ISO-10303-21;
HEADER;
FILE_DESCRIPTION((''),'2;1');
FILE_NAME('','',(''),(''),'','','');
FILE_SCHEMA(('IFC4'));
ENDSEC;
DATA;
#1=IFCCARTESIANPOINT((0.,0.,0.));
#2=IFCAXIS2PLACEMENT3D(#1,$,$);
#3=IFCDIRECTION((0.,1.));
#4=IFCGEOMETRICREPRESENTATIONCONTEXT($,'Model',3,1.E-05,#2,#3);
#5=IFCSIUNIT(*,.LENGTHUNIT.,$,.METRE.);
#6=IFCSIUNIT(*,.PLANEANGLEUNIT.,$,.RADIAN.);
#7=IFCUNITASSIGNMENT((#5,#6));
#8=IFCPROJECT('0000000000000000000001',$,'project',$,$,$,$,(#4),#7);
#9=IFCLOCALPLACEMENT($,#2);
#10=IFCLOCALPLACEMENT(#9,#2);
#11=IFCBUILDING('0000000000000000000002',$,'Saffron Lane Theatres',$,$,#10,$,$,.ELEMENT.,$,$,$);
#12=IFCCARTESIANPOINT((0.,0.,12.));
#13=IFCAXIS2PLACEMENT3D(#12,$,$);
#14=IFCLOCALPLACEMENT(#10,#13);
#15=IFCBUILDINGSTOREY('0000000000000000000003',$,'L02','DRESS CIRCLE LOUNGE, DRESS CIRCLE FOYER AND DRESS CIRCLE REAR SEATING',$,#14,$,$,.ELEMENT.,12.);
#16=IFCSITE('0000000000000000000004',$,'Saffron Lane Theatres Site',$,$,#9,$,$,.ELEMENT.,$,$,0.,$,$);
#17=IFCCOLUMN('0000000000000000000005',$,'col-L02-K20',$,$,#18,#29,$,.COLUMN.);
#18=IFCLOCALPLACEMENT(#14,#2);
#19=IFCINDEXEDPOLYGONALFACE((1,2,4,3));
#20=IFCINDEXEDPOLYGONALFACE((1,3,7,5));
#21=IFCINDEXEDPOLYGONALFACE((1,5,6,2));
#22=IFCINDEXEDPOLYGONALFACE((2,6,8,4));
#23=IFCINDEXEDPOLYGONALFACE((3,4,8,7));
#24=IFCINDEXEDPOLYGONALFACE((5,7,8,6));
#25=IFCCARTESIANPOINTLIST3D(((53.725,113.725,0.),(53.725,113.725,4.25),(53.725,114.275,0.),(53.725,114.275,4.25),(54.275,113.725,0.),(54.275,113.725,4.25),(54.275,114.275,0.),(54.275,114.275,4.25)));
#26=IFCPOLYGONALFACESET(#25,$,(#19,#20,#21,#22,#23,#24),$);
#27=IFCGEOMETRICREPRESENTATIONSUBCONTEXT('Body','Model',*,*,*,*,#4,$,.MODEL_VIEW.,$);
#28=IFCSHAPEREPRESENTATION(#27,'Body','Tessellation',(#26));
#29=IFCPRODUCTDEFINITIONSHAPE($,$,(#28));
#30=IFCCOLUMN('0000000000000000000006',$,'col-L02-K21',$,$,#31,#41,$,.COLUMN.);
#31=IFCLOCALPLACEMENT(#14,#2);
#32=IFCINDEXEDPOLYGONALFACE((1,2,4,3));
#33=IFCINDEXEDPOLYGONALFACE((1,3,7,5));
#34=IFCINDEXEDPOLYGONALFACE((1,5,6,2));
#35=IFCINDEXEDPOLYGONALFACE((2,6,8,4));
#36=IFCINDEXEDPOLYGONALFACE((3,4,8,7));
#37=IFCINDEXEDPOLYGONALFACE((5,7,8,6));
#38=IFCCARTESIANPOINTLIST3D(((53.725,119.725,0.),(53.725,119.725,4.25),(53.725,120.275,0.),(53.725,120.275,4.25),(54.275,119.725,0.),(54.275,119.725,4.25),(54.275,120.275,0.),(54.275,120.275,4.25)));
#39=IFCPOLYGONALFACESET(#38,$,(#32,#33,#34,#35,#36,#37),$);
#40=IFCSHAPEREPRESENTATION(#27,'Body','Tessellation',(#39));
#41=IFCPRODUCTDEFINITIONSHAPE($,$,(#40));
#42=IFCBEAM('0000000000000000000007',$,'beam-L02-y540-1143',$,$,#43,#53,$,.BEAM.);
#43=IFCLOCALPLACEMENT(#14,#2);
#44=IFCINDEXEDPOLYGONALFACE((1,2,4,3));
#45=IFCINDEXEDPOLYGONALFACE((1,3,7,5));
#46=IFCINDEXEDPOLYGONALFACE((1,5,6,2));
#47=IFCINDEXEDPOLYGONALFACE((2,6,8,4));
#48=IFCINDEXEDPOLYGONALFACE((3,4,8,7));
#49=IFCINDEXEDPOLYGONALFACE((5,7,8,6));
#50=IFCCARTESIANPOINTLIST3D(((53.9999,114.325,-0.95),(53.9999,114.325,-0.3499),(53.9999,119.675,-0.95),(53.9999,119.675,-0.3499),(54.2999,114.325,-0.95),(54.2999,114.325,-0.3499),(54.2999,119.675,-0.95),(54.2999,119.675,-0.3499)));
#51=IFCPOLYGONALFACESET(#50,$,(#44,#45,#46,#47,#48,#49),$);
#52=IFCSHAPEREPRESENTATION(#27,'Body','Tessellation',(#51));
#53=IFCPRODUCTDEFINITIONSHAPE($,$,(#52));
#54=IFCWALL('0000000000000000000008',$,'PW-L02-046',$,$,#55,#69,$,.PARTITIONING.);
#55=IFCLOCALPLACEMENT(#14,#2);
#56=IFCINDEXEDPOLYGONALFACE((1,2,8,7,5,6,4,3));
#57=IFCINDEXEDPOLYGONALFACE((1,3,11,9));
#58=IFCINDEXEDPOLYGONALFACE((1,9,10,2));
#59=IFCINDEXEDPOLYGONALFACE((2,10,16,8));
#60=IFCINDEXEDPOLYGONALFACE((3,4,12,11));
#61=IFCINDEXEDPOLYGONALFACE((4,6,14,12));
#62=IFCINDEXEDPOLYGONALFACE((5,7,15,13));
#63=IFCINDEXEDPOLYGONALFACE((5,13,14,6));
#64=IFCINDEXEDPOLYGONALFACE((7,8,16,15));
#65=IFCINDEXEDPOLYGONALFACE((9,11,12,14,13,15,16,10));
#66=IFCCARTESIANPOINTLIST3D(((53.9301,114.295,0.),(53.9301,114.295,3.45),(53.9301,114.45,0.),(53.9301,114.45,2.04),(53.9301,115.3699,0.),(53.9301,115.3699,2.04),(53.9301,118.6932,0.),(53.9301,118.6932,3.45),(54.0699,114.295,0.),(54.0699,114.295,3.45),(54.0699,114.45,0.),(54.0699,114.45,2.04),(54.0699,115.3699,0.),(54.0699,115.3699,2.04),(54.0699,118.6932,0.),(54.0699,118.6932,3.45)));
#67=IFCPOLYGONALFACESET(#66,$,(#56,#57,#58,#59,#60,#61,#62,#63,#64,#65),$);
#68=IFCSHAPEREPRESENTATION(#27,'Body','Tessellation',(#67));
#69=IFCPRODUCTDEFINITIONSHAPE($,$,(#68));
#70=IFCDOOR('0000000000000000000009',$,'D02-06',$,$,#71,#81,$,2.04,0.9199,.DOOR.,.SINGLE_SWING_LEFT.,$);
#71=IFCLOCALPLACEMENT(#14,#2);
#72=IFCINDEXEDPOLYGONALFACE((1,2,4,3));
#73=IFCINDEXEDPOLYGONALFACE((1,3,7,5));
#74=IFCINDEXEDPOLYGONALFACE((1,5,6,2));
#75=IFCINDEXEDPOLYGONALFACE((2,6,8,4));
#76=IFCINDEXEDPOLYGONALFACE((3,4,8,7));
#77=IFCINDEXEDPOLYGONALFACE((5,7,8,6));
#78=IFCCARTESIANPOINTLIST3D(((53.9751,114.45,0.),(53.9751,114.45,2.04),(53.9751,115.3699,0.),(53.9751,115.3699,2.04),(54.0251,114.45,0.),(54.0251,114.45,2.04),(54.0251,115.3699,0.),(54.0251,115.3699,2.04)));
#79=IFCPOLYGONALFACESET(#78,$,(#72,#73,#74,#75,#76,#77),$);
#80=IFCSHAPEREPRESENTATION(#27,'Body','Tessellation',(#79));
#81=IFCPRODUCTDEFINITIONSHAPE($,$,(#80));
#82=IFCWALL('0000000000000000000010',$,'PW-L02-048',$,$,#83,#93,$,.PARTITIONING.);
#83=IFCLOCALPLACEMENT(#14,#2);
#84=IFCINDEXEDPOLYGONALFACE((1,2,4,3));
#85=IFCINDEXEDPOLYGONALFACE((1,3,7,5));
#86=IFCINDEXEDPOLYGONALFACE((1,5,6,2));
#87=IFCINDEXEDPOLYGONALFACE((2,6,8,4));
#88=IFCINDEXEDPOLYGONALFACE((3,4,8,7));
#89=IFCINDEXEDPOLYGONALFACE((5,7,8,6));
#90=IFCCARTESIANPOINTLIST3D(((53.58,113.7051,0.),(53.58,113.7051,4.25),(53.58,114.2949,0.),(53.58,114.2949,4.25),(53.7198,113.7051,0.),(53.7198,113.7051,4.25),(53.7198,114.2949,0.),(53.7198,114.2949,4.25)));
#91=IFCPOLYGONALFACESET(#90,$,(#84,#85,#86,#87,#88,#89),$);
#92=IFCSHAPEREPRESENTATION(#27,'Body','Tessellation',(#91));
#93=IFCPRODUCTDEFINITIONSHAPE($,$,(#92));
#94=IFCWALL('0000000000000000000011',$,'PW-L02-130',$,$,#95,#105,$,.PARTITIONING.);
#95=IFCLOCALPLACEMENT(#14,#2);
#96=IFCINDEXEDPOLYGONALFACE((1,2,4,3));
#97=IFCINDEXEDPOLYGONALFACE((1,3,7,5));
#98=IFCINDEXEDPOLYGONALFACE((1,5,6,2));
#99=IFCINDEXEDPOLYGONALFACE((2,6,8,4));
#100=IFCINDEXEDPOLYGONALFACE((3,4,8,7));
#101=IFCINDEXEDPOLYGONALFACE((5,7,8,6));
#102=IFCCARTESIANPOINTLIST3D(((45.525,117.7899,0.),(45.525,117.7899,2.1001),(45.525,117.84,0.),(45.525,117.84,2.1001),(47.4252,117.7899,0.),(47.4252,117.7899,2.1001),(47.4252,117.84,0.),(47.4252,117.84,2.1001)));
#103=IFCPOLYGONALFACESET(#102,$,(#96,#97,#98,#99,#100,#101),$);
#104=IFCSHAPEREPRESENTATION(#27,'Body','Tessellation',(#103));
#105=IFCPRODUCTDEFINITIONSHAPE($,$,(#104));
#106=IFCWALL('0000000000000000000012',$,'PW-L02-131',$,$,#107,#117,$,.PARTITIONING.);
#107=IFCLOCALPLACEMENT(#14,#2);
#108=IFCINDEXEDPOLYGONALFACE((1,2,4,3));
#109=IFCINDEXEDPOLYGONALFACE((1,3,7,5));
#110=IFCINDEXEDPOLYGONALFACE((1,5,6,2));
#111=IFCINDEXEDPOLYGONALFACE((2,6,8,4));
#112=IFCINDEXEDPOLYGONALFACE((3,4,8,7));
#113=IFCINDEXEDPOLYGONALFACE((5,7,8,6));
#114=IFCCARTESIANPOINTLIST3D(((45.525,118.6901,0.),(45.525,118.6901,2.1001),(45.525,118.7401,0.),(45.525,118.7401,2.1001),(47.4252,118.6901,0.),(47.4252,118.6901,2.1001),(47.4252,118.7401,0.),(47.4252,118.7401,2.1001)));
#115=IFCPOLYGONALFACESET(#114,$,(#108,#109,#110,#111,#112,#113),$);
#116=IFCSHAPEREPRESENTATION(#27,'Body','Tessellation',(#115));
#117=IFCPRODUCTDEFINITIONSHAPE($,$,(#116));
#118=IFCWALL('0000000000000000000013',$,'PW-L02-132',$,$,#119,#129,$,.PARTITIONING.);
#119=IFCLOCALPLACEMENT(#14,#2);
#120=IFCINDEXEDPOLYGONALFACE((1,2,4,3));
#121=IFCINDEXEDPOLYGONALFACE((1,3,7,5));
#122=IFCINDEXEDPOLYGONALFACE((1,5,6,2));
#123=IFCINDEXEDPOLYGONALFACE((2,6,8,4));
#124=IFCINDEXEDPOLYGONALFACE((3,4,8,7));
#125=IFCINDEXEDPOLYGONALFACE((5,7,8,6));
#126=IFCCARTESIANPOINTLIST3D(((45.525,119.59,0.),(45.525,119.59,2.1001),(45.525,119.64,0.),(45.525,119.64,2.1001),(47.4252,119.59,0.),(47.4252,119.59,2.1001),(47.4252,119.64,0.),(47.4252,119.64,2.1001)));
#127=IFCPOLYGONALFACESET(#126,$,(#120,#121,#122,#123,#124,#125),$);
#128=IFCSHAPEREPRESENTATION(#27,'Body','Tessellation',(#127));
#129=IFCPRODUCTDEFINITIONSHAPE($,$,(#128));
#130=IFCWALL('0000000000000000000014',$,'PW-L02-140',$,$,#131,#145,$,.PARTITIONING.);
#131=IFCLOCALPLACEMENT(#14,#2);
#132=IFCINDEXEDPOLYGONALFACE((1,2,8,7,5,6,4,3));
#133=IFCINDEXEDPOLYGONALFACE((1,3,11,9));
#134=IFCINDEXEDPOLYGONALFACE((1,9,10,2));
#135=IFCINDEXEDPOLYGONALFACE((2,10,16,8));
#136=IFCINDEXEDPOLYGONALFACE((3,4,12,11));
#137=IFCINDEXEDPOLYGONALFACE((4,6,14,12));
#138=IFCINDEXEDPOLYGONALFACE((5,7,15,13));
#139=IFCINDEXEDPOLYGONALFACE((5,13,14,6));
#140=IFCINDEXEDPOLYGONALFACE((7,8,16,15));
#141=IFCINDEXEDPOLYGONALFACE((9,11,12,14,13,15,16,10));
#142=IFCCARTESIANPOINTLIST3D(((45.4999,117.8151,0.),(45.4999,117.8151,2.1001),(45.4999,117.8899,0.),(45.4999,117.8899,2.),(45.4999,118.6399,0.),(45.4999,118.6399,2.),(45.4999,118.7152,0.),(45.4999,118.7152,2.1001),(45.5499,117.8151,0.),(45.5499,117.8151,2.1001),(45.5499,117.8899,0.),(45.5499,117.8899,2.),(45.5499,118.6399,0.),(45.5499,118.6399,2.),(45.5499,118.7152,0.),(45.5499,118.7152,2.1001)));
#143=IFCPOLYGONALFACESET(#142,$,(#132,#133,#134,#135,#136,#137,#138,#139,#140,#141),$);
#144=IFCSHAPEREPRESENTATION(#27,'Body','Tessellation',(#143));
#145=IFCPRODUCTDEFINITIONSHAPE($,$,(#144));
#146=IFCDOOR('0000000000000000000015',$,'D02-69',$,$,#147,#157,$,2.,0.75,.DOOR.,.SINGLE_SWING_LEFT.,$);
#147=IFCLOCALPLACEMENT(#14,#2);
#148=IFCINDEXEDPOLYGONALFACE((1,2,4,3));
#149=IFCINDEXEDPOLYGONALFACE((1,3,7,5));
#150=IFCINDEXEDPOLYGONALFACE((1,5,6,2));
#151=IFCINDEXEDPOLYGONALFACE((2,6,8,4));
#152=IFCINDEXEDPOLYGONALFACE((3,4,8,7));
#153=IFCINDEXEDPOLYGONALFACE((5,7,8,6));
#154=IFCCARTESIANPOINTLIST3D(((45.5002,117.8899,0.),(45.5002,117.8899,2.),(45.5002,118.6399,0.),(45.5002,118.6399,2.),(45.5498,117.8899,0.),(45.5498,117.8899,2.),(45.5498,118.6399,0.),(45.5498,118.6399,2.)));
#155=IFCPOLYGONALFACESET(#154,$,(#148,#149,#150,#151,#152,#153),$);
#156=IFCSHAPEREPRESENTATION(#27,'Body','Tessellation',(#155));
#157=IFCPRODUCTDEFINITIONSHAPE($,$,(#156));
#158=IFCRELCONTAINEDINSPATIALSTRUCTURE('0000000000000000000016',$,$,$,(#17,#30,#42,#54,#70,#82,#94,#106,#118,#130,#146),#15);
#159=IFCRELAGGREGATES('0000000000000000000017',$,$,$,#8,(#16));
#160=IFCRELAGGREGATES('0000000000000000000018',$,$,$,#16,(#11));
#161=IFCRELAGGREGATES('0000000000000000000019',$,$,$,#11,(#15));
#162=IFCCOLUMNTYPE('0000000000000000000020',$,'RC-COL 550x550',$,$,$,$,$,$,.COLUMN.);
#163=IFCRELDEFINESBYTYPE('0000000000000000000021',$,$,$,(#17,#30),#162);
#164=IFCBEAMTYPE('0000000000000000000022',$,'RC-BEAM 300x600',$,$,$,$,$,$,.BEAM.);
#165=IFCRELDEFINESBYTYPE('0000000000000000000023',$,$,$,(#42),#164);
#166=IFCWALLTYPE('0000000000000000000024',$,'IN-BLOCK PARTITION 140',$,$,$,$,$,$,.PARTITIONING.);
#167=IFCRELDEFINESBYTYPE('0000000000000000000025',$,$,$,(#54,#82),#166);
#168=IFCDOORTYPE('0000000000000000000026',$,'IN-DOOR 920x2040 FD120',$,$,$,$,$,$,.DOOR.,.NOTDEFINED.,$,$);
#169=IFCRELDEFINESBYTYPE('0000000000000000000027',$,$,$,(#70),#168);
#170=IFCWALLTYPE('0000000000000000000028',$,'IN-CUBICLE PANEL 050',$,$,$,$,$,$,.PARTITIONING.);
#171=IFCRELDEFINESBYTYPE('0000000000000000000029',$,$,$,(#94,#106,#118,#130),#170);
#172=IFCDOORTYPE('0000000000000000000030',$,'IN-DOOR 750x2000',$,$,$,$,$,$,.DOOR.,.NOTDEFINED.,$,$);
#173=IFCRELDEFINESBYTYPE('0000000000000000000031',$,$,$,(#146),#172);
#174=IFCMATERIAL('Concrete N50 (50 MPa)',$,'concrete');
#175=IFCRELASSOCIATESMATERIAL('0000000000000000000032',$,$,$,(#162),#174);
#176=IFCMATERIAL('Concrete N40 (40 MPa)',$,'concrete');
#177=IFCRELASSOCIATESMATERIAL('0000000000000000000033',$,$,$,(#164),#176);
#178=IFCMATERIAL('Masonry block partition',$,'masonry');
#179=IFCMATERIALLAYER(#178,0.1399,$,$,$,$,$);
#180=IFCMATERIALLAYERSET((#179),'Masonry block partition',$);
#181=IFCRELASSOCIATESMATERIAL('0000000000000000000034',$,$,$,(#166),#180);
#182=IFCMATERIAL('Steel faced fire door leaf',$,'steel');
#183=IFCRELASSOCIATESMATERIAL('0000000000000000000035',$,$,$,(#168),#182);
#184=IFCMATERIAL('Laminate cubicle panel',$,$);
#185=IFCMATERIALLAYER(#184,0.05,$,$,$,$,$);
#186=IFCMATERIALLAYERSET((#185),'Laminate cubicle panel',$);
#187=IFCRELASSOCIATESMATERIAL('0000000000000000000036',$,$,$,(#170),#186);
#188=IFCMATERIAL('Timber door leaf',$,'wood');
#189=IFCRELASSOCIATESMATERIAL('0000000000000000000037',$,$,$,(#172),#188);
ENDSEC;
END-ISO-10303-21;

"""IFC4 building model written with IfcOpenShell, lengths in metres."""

from ifc_helpers import new_model, si_unit, direction, frame, frame_2d, origin, origin_2d, place, context, subcontext, project, spatial, rectangle, extrude, material, layer, layer_set, material_profile, profile_set, type_object, element, fill, save


model = new_model("IFC4")

# Units and contexts
model_context = context("Model", 3, precision=1e-05, world=origin(), true_north=direction((0.0, 1.0)))
body_context = subcontext(model_context, "Body", "Model", "MODEL_VIEW")
ifc_project = project(units=[si_unit("LENGTHUNIT", "METRE"), si_unit("PLANEANGLEUNIT", "RADIAN")], contexts=[model_context])

# Site, building, storey
site_placement = place(None, origin())
site = spatial("IfcSite", under=ifc_project, at=site_placement, Name="Saffron Lane Theatres Site", CompositionType="ELEMENT", RefElevation=0.0)
building_placement = place(site_placement, origin())
building = spatial("IfcBuilding", under=site, at=building_placement, Name="Saffron Lane Theatres", CompositionType="ELEMENT")
storey_placement = place(building_placement, frame((0.0, 0.0, 12.0)))
storey = spatial("IfcBuildingStorey", under=building, at=storey_placement, Name="L02", Description="DRESS CIRCLE LOUNGE, DRESS CIRCLE FOYER AND DRESS CIRCLE REAR SEATING", CompositionType="ELEMENT", Elevation=12.0)

# Columns
ifc_material_1 = material(Name="Concrete N50 (50 MPa)", Category="concrete")
ifc_material_profile_1 = material_profile(ifc_material_1, rectangle(XDim=0.55, YDim=0.55, at=origin_2d()))
ifc_profile_set_1 = profile_set([ifc_material_profile_1], Name="Concrete N50 (50 MPa)")
column_type = type_object("IfcColumnType", Name="RC-COL 550x550", PredefinedType="COLUMN", material=ifc_profile_set_1)
for number, where, z_axis, x_axis, name in (
    (1, (54.0, 114.0, 0.0), (0.0, 0.0, 1.0), (1.0, 0.0, 0.0), "col-L02-K20"),
    (2, (54.0, 120.0, 0.0), (0.0, 0.0, 1.0), (1.0, 0.0, 0.0), "col-L02-K21"),
):
    element("IfcColumn", number, at=place(storey_placement, frame(where, z_axis=z_axis, x_axis=x_axis)), inside=storey, type_object=column_type, Name=name, PredefinedType="COLUMN", context=body_context, shape_type="SweptSolid", body=[
        extrude(rectangle(XDim=0.55, YDim=0.55, at=origin_2d()), origin(), (0.0, 0.0, 1.0), 4.25),
    ])

# Beam
ifc_material_2 = material(Name="Concrete N40 (40 MPa)", Category="concrete")
ifc_material_profile_2 = material_profile(ifc_material_2, rectangle(XDim=0.3, YDim=0.6001, at=origin_2d()))
ifc_profile_set_2 = profile_set([ifc_material_profile_2], Name="Concrete N40 (40 MPa)")
beam_type = type_object("IfcBeamType", Name="RC-BEAM 300x600", PredefinedType="BEAM", material=ifc_profile_set_2)
beam_placement = place(storey_placement, frame((54.1499, 114.325, -0.6499), z_axis=(0.0, 1.0, 0.0), x_axis=(-1.0, 0.0, 0.0)))
element("IfcBeam", 3, at=beam_placement, inside=storey, type_object=beam_type, Name="beam-L02-y540-1143", PredefinedType="BEAM", context=body_context, shape_type="SweptSolid", body=[
    extrude(rectangle(XDim=0.3, YDim=0.6001, at=origin_2d()), origin(), (0.0, 0.0, 1.0), 5.3501),
])

# Wall, opening, door
ifc_material_3 = material(Name="Masonry block partition", Category="masonry")
ifc_layer_1 = layer(ifc_material_3, 0.1399)
ifc_layer_set_1 = layer_set([ifc_layer_1], Name="Masonry block partition")
wall_type_1 = type_object("IfcWallType", Name="IN-BLOCK PARTITION 140", PredefinedType="PARTITIONING", material=ifc_layer_set_1)
wall_1_placement = place(storey_placement, frame((54.0, 114.2949, 0.0), z_axis=(0.0, 0.0, 1.0), x_axis=(0.0, 1.0, 0.0)))
wall_1 = element("IfcWall", 4, at=wall_1_placement, inside=storey, type_object=wall_type_1, Name="PW-L02-046", PredefinedType="PARTITIONING", context=body_context, shape_type="SweptSolid", body=[
    extrude(rectangle(XDim=4.3982, YDim=0.1399, at=frame_2d((2.1992, 0.0))), origin(), (0.0, 0.0, 1.0), 3.45),
])
opening_1_placement = place(wall_1_placement, frame((0.155, 0.0, 0.0)))
opening_1 = element("IfcOpeningElement", 5, at=opening_1_placement, cuts=wall_1, PredefinedType="OPENING", context=body_context, shape_type="SweptSolid", body=[
    extrude(rectangle(XDim=0.9199, YDim=2.04, at=frame_2d((0.46, 1.02))), frame((0.0, 0.0801, 0.0), z_axis=(0.0, -1.0, 0.0), x_axis=(1.0, 0.0, 0.0)), (0.0, 0.0, 1.0), 0.1599),
])
ifc_material_4 = material(Name="Steel faced fire door leaf", Category="steel")
door_type_1 = type_object("IfcDoorType", Name="IN-DOOR 920x2040 FD120", OperationType="NOTDEFINED", PredefinedType="DOOR", material=ifc_material_4)
door_1_placement = place(opening_1_placement, origin())
door_1 = element("IfcDoor", 6, at=door_1_placement, inside=storey, type_object=door_type_1, Name="D02-06", OperationType="SINGLE_SWING_LEFT", OverallHeight=2.04, OverallWidth=0.9199, PredefinedType="DOOR", context=body_context, shape_type="SweptSolid", body=[
    extrude(rectangle(XDim=0.9199, YDim=2.04, at=frame_2d((0.46, 1.02))), frame((0.0, 0.0249, 0.0), z_axis=(0.0, -1.0, 0.0), x_axis=(1.0, 0.0, 0.0)), (0.0, 0.0, 1.0), 0.05),
])
fill(opening_1, door_1)

# Walls
wall_2_placement = place(storey_placement, frame((53.6499, 113.7051, 0.0), z_axis=(0.0, 0.0, 1.0), x_axis=(0.0, 1.0, 0.0)))
element("IfcWall", 7, at=wall_2_placement, inside=storey, type_object=wall_type_1, Name="PW-L02-048", PredefinedType="PARTITIONING", context=body_context, shape_type="SweptSolid", body=[
    extrude(rectangle(XDim=0.5898, YDim=0.1399, at=frame_2d((0.2949, 0.0))), origin(), (0.0, 0.0, 1.0), 4.25),
])
ifc_material_5 = material(Name="Laminate cubicle panel")
ifc_layer_2 = layer(ifc_material_5, 0.05)
ifc_layer_set_2 = layer_set([ifc_layer_2], Name="Laminate cubicle panel")
wall_type_2 = type_object("IfcWallType", Name="IN-CUBICLE PANEL 050", PredefinedType="PARTITIONING", material=ifc_layer_set_2)
for number, where, z_axis, x_axis, name in (
    (8, (45.5249, 117.8149, 0.0), (0.0, 0.0, 1.0), (1.0, 0.0, 0.0), "PW-L02-130"),
    (9, (45.5249, 118.7151, 0.0), (0.0, 0.0, 1.0), (1.0, 0.0, 0.0), "PW-L02-131"),
    (10, (45.5249, 119.615, 0.0), (0.0, 0.0, 1.0), (1.0, 0.0, 0.0), "PW-L02-132"),
):
    element("IfcWall", number, at=place(storey_placement, frame(where, z_axis=z_axis, x_axis=x_axis)), inside=storey, type_object=wall_type_2, Name=name, PredefinedType="PARTITIONING", context=body_context, shape_type="SweptSolid", body=[
        extrude(rectangle(XDim=1.9001, YDim=0.05, at=frame_2d((0.9502, 0.0))), origin(), (0.0, 0.0, 1.0), 2.1001),
    ])

# Wall, opening, door
wall_3_placement = place(storey_placement, frame((45.5249, 117.8149, 0.0), z_axis=(0.0, 0.0, 1.0), x_axis=(0.0, 1.0, 0.0)))
wall_3 = element("IfcWall", 11, at=wall_3_placement, inside=storey, type_object=wall_type_2, Name="PW-L02-140", PredefinedType="PARTITIONING", context=body_context, shape_type="SweptSolid", body=[
    extrude(rectangle(XDim=0.9001, YDim=0.05, at=frame_2d((0.4502, 0.0))), origin(), (0.0, 0.0, 1.0), 2.1001),
])
opening_2_placement = place(wall_3_placement, frame((0.075, 0.0, 0.0)))
opening_2 = element("IfcOpeningElement", 12, at=opening_2_placement, cuts=wall_3, PredefinedType="OPENING", context=body_context, shape_type="SweptSolid", body=[
    extrude(rectangle(XDim=0.75, YDim=2.0, at=frame_2d((0.375, 1.0))), frame((0.0, 0.0352, 0.0), z_axis=(0.0, -1.0, 0.0), x_axis=(1.0, 0.0, 0.0)), (0.0, 0.0, 1.0), 0.0701),
])
ifc_material_6 = material(Name="Timber door leaf", Category="wood")
door_type_2 = type_object("IfcDoorType", Name="IN-DOOR 750x2000", OperationType="NOTDEFINED", PredefinedType="DOOR", material=ifc_material_6)
door_2_placement = place(opening_2_placement, frame((0.75, 0.0, 0.0), z_axis=(0.0, 0.0, 1.0), x_axis=(-1.0, 0.0, 0.0)))
door_2 = element("IfcDoor", 13, at=door_2_placement, inside=storey, type_object=door_type_2, Name="D02-69", OperationType="SINGLE_SWING_LEFT", OverallHeight=2.0, OverallWidth=0.75, PredefinedType="DOOR", context=body_context, shape_type="SweptSolid", body=[
    extrude(rectangle(XDim=0.75, YDim=2.0, at=frame_2d((0.375, 1.0))), frame((0.0, 0.0249, 0.0), z_axis=(0.0, -1.0, 0.0), x_axis=(1.0, 0.0, 0.0)), (0.0, 0.0, 1.0), 0.0496),
])
fill(opening_2, door_2)

save(model, "model.ifc")
